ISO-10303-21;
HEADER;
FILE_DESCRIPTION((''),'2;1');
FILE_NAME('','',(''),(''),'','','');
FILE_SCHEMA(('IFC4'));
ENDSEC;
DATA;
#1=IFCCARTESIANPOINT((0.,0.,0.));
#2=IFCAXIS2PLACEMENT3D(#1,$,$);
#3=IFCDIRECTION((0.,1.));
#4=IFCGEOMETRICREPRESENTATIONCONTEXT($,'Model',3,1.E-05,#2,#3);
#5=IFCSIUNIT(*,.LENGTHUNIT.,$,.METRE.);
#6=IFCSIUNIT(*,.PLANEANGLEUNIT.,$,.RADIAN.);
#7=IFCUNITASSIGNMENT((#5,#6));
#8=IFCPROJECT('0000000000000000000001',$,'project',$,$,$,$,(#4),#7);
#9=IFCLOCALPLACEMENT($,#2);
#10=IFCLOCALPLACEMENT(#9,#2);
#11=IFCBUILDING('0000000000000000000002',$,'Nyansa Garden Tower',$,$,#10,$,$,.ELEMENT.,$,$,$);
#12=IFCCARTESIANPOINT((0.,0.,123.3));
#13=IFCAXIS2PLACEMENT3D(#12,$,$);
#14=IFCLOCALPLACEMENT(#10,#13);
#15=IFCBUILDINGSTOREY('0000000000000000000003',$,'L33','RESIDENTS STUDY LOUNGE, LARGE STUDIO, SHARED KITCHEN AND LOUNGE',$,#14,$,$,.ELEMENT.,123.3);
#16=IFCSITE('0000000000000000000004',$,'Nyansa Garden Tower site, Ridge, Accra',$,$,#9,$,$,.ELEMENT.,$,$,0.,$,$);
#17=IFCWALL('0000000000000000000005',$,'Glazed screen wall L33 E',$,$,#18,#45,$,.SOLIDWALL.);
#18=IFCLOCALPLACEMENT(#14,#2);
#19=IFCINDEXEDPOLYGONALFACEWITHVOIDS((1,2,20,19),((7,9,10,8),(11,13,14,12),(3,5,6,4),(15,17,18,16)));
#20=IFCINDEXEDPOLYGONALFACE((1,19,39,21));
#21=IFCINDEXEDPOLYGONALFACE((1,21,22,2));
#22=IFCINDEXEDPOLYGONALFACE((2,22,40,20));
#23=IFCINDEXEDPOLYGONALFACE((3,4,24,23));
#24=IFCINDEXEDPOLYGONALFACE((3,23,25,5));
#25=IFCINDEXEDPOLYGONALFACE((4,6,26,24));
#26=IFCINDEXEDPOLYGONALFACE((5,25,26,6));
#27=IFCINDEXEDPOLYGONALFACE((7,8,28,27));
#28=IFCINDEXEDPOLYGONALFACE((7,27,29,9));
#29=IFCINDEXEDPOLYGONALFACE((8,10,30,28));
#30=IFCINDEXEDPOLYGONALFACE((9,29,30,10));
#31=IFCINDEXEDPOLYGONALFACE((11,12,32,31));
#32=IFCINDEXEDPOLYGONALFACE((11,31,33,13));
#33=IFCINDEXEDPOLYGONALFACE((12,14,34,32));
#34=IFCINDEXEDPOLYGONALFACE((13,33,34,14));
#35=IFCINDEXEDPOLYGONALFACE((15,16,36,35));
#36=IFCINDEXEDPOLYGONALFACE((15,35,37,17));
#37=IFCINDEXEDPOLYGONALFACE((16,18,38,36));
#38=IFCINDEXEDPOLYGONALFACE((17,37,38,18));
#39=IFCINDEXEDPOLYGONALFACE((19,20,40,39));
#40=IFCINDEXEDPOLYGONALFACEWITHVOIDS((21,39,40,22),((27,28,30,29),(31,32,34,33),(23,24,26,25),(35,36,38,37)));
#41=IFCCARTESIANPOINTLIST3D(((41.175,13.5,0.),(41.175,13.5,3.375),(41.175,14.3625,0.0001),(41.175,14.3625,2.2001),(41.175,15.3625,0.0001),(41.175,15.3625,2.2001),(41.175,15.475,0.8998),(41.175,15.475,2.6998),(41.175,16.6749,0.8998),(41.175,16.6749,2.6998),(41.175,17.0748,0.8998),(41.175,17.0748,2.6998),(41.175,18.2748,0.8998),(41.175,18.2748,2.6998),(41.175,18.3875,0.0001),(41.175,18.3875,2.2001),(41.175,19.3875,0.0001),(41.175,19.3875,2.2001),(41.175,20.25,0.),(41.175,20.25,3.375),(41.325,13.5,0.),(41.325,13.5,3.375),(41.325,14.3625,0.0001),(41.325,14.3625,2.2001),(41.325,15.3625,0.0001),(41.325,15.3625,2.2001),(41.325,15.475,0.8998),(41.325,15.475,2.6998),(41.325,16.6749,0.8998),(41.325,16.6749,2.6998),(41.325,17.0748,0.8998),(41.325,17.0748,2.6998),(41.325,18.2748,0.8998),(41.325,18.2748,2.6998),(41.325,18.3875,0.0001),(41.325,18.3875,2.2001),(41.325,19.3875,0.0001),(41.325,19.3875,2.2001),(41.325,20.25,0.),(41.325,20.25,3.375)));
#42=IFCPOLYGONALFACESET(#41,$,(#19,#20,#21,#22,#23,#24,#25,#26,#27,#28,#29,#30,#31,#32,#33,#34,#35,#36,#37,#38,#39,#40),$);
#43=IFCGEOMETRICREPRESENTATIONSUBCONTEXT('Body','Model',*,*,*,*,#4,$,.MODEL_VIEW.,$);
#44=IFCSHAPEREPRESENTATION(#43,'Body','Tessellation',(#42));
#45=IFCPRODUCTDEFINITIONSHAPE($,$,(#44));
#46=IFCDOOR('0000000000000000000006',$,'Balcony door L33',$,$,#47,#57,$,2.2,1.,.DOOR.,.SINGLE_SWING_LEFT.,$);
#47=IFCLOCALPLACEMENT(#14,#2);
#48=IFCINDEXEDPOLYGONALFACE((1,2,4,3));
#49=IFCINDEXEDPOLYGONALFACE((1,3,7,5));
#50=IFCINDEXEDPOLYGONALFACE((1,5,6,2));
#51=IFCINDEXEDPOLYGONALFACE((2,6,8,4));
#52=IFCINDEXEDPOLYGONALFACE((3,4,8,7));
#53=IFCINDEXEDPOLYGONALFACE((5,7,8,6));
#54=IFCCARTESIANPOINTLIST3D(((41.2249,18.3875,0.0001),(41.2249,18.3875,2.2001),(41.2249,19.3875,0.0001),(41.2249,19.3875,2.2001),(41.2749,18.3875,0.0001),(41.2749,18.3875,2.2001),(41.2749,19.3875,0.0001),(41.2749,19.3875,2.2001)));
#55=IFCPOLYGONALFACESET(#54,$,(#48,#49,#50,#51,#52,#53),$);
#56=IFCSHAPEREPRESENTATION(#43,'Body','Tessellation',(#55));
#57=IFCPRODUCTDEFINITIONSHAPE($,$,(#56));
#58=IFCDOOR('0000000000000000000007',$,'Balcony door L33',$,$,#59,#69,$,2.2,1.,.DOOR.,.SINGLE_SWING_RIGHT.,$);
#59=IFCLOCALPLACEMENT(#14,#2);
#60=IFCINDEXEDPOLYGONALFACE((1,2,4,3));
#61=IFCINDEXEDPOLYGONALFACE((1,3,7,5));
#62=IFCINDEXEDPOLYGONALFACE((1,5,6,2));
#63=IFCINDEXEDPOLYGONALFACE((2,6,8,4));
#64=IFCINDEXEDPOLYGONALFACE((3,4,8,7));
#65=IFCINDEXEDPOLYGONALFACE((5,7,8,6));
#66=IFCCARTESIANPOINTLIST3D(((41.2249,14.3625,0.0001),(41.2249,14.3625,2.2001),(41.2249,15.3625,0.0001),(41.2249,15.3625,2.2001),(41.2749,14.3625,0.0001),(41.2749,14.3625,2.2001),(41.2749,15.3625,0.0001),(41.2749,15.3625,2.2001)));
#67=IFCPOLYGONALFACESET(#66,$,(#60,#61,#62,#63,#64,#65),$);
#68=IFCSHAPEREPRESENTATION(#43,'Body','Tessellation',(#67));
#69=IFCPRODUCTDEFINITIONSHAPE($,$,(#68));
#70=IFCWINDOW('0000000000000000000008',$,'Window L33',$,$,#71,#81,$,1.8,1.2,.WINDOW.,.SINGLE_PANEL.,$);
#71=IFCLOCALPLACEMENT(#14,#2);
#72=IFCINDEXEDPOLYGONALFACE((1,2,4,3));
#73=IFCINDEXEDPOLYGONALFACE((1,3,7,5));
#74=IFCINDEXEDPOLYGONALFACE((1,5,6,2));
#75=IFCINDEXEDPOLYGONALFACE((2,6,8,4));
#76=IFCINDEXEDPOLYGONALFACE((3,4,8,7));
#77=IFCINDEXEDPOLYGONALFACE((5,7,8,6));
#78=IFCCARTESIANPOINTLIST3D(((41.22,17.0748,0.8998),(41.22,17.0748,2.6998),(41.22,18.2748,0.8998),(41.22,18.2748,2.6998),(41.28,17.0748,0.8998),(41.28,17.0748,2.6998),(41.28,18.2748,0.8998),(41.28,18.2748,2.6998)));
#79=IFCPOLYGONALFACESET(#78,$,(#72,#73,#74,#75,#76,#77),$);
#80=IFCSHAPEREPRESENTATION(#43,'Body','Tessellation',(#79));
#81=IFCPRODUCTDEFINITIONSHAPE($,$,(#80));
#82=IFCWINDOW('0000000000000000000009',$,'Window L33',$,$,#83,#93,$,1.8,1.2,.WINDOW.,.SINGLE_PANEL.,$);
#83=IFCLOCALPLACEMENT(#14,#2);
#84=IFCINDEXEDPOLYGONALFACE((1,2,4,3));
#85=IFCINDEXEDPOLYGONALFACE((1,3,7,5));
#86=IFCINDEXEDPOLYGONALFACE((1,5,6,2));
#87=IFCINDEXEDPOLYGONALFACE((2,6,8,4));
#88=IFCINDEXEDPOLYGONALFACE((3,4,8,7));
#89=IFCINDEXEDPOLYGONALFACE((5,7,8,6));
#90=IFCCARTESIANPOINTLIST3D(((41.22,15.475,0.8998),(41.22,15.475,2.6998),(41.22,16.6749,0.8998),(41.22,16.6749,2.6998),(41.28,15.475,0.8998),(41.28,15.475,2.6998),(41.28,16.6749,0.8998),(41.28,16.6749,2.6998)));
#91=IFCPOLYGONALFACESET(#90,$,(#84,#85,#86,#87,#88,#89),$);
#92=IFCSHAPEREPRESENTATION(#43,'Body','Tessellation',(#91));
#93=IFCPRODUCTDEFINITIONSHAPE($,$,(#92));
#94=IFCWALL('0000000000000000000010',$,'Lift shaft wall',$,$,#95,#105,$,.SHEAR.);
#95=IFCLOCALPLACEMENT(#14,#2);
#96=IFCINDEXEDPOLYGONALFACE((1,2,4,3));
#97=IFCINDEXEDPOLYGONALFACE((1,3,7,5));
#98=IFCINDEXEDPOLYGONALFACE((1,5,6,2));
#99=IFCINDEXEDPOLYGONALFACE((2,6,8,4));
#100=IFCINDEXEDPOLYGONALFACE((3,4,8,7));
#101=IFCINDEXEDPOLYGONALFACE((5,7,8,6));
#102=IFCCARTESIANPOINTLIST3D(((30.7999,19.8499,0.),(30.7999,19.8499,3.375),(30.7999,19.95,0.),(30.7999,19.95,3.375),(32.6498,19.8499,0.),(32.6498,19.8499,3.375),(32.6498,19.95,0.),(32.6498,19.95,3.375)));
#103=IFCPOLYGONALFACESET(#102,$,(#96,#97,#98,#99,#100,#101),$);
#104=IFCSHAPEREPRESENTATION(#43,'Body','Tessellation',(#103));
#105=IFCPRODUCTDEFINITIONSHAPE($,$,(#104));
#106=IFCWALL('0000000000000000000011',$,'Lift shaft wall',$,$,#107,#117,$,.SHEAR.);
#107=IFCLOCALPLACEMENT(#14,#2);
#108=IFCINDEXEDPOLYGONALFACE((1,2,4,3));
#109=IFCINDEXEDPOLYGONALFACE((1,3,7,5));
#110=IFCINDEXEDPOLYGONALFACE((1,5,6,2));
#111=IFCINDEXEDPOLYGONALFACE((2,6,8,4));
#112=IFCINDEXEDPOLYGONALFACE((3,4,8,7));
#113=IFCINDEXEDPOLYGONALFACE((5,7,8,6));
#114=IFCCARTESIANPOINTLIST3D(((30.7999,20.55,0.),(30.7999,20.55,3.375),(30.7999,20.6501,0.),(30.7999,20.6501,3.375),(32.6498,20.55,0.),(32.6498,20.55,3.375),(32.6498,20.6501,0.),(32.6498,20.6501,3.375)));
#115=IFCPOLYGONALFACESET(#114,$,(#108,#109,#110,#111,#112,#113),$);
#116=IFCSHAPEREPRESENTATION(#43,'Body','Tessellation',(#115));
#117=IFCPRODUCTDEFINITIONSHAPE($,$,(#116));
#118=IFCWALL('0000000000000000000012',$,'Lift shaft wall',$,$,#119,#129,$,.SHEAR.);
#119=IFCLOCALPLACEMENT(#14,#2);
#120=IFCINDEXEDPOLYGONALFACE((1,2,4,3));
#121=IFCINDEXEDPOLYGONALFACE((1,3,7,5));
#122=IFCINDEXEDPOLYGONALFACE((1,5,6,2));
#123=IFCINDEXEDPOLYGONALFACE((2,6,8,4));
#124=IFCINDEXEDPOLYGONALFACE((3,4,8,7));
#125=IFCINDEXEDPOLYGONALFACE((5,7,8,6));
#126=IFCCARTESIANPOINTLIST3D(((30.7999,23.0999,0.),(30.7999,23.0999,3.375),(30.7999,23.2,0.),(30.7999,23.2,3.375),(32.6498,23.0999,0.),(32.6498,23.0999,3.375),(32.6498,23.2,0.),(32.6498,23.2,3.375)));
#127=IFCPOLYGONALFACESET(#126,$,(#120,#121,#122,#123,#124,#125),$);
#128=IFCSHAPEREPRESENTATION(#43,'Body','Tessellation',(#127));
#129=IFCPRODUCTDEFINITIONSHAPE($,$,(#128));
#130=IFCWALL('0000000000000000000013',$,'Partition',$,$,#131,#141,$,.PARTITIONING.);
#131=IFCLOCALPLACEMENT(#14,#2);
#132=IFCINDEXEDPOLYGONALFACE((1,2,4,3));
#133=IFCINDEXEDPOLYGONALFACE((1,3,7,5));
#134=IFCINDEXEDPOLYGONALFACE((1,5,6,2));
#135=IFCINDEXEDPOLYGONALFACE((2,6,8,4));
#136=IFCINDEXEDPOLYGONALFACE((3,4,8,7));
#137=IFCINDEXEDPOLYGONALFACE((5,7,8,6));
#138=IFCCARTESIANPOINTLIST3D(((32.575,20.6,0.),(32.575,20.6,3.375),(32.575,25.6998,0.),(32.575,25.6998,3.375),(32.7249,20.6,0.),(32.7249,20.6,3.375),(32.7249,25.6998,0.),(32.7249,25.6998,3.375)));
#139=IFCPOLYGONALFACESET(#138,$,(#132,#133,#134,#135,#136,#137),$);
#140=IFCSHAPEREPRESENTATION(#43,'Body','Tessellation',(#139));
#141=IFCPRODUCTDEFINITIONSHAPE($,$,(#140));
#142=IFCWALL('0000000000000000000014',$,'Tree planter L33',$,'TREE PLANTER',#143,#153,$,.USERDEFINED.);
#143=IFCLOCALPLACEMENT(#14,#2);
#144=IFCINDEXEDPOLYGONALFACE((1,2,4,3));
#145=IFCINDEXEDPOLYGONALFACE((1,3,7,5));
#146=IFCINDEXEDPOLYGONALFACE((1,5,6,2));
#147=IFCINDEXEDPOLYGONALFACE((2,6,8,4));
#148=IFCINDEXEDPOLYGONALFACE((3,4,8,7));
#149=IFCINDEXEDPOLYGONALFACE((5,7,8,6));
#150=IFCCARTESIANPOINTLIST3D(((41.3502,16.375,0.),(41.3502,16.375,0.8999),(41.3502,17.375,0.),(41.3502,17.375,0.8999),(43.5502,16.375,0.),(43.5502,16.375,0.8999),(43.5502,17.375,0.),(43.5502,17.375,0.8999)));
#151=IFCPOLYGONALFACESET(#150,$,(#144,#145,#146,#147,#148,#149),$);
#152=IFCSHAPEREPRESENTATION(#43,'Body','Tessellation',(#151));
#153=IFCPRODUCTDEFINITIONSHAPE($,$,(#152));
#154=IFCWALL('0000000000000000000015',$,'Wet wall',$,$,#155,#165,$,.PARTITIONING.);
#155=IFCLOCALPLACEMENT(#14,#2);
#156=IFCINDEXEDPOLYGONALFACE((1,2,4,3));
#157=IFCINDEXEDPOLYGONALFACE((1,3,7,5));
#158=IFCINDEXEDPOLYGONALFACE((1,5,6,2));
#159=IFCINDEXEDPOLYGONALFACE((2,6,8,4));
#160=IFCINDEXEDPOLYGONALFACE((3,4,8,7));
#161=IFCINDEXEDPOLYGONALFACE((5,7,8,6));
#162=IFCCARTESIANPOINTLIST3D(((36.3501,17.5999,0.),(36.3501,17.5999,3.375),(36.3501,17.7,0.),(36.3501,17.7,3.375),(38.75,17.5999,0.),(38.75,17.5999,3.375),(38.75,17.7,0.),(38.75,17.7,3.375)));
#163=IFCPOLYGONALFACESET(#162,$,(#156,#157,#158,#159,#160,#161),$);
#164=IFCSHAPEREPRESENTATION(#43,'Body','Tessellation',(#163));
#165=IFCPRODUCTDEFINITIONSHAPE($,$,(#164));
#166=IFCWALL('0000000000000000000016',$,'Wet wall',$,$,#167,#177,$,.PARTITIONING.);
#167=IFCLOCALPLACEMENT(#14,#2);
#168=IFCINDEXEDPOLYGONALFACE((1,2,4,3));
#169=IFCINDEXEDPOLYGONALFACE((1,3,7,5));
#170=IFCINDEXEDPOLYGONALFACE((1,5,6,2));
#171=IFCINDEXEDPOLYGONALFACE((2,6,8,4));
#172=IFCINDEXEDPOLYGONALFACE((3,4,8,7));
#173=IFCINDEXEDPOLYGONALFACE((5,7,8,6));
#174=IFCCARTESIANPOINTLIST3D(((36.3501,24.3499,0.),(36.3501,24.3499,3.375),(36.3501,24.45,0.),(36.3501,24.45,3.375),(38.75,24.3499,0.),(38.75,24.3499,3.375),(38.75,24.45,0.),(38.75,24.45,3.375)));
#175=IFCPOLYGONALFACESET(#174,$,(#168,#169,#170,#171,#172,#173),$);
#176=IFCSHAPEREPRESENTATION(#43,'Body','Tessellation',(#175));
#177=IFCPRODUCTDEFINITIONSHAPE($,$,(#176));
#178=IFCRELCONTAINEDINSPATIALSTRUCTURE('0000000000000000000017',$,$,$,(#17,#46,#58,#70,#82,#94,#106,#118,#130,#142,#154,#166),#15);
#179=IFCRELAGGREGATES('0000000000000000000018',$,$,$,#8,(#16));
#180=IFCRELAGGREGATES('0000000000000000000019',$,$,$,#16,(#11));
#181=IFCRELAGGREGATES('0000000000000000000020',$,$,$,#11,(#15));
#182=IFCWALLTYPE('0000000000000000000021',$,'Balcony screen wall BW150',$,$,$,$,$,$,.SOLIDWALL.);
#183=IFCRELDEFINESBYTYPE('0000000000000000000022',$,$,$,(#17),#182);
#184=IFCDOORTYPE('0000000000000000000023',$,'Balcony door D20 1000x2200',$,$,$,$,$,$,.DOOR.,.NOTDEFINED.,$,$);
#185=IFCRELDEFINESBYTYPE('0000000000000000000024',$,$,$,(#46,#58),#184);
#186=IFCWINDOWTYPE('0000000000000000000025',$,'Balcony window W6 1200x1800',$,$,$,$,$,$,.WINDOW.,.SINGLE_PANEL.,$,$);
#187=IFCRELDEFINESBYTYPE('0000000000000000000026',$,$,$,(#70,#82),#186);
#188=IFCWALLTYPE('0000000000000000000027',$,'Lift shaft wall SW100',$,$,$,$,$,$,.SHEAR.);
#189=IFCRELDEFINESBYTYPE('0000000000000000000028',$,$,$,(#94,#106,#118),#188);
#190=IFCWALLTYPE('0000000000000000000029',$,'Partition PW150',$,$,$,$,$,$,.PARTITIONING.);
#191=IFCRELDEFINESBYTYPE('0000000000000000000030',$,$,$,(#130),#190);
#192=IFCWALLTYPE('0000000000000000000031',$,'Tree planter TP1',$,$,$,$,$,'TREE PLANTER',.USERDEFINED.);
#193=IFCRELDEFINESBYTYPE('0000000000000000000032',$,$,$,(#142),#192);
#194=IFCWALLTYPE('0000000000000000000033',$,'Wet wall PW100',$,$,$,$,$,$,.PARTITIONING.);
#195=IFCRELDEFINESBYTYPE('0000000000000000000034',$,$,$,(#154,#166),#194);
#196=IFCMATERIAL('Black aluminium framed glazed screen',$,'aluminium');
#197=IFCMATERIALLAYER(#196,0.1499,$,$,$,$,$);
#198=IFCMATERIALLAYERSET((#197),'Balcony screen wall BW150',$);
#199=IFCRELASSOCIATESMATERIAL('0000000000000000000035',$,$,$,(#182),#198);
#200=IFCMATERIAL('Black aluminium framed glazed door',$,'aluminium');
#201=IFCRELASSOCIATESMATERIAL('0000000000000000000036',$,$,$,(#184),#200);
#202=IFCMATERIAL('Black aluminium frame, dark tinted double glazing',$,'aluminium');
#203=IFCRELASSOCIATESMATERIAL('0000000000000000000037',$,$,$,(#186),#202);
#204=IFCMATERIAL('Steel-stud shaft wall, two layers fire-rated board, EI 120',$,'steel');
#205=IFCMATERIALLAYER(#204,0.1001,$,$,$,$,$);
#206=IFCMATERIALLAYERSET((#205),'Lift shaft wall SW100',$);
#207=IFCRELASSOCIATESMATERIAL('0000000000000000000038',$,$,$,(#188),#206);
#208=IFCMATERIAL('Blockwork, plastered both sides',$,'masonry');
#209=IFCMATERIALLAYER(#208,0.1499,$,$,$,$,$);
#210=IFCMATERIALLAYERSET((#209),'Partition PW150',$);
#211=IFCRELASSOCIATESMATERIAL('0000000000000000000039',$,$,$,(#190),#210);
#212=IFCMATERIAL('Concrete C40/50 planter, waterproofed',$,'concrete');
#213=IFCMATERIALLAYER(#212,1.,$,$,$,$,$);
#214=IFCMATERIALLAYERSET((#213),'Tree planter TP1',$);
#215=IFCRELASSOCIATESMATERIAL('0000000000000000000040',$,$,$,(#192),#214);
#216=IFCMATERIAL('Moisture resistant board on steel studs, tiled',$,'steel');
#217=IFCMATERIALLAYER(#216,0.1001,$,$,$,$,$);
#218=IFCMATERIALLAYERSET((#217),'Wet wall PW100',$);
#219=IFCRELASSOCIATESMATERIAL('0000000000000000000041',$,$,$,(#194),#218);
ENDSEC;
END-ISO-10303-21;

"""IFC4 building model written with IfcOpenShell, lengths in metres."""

from ifc_helpers import new_model, si_unit, direction, frame, frame_2d, origin, place, context, subcontext, project, spatial, rectangle, extrude, material, layer, layer_set, type_object, element, fill, save


model = new_model("IFC4")

# Units and contexts
model_context = context("Model", 3, precision=1e-05, world=origin(), true_north=direction((0.0, 1.0)))
body_context = subcontext(model_context, "Body", "Model", "MODEL_VIEW")
ifc_project = project(units=[si_unit("LENGTHUNIT", "METRE"), si_unit("PLANEANGLEUNIT", "RADIAN")], contexts=[model_context])

# Site, building, storey
site_placement = place(None, origin())
site = spatial("IfcSite", under=ifc_project, at=site_placement, Name="Nyansa Garden Tower site, Ridge, Accra", CompositionType="ELEMENT", RefElevation=0.0)
building_placement = place(site_placement, origin())
building = spatial("IfcBuilding", under=site, at=building_placement, Name="Nyansa Garden Tower", CompositionType="ELEMENT")
storey_placement = place(building_placement, frame((0.0, 0.0, 123.3)))
storey = spatial("IfcBuildingStorey", under=building, at=storey_placement, Name="L33", Description="RESIDENTS STUDY LOUNGE, LARGE STUDIO, SHARED KITCHEN AND LOUNGE", CompositionType="ELEMENT", Elevation=123.3)

# Wall, openings, doors, windows
ifc_material_1 = material(Name="Black aluminium framed glazed screen", Category="aluminium")
ifc_layer_1 = layer(ifc_material_1, 0.1499)
ifc_layer_set_1 = layer_set([ifc_layer_1], Name="Balcony screen wall BW150")
wall_type_1 = type_object("IfcWallType", Name="Balcony screen wall BW150", PredefinedType="SOLIDWALL", material=ifc_layer_set_1)
wall_1_placement = place(storey_placement, frame((41.25, 20.25, 0.0), z_axis=(0.0, 0.0, 1.0), x_axis=(0.0, -1.0, 0.0)))
wall_1 = element("IfcWall", 1, at=wall_1_placement, inside=storey, type_object=wall_type_1, Name="Glazed screen wall L33 E", PredefinedType="SOLIDWALL", context=body_context, shape_type="SweptSolid", body=[
    extrude(rectangle(XDim=6.75, YDim=0.1499, at=frame_2d((3.375, 0.0))), origin(), (0.0, 0.0, 1.0), 3.375),
])
opening_1_placement = place(wall_1_placement, frame((0.8625, 0.0, 0.0)))
opening_1 = element("IfcOpeningElement", 2, at=opening_1_placement, cuts=wall_1, PredefinedType="OPENING", context=body_context, shape_type="SweptSolid", body=[
    extrude(rectangle(XDim=1.0, YDim=2.2, at=frame_2d((0.5, 1.1001))), frame((0.0, 0.085, 0.0), z_axis=(0.0, -1.0, 0.0), x_axis=(1.0, 0.0, 0.0)), (0.0, 0.0, 1.0), 0.1699),
])
opening_2_placement = place(wall_1_placement, frame((1.9751, 0.0, 0.8999)))
opening_2 = element("IfcOpeningElement", 3, at=opening_2_placement, cuts=wall_1, PredefinedType="OPENING", context=body_context, shape_type="SweptSolid", body=[
    extrude(rectangle(XDim=1.2, YDim=1.8, at=frame_2d((0.6001, 0.8999))), frame((0.0, 0.085, 0.0), z_axis=(0.0, -1.0, 0.0), x_axis=(1.0, 0.0, 0.0)), (0.0, 0.0, 1.0), 0.1699),
])
opening_3_placement = place(wall_1_placement, frame((4.8875, 0.0, 0.0)))
opening_3 = element("IfcOpeningElement", 4, at=opening_3_placement, cuts=wall_1, PredefinedType="OPENING", context=body_context, shape_type="SweptSolid", body=[
    extrude(rectangle(XDim=1.0, YDim=2.2, at=frame_2d((0.5, 1.1001))), frame((0.0, 0.085, 0.0), z_axis=(0.0, -1.0, 0.0), x_axis=(1.0, 0.0, 0.0)), (0.0, 0.0, 1.0), 0.1699),
])
opening_4_placement = place(wall_1_placement, frame((3.575, 0.0, 0.8999)))
opening_4 = element("IfcOpeningElement", 5, at=opening_4_placement, cuts=wall_1, PredefinedType="OPENING", context=body_context, shape_type="SweptSolid", body=[
    extrude(rectangle(XDim=1.2, YDim=1.8, at=frame_2d((0.6001, 0.8999))), frame((0.0, 0.085, 0.0), z_axis=(0.0, -1.0, 0.0), x_axis=(1.0, 0.0, 0.0)), (0.0, 0.0, 1.0), 0.1699),
])
ifc_material_2 = material(Name="Black aluminium framed glazed door", Category="aluminium")
door_type_1 = type_object("IfcDoorType", Name="Balcony door D20 1000x2200", OperationType="NOTDEFINED", PredefinedType="DOOR", material=ifc_material_2)
door_1_placement = place(opening_1_placement, origin())
door_1 = element("IfcDoor", 6, at=door_1_placement, inside=storey, type_object=door_type_1, Name="Balcony door L33", OperationType="SINGLE_SWING_LEFT", OverallHeight=2.2, OverallWidth=1.0, PredefinedType="DOOR", context=body_context, shape_type="SweptSolid", body=[
    extrude(rectangle(XDim=1.0, YDim=2.2, at=frame_2d((0.5, 1.1001))), frame((0.0, 0.0249, 0.0), z_axis=(0.0, -1.0, 0.0), x_axis=(1.0, 0.0, 0.0)), (0.0, 0.0, 1.0), 0.05),
])
fill(opening_1, door_1)
door_2_placement = place(opening_3_placement, origin())
door_2 = element("IfcDoor", 7, at=door_2_placement, inside=storey, type_object=door_type_1, Name="Balcony door L33", OperationType="SINGLE_SWING_RIGHT", OverallHeight=2.2, OverallWidth=1.0, PredefinedType="DOOR", context=body_context, shape_type="SweptSolid", body=[
    extrude(rectangle(XDim=1.0, YDim=2.2, at=frame_2d((0.5, 1.1001))), frame((0.0, 0.0249, 0.0), z_axis=(0.0, -1.0, 0.0), x_axis=(1.0, 0.0, 0.0)), (0.0, 0.0, 1.0), 0.05),
])
fill(opening_3, door_2)
ifc_material_3 = material(Name="Black aluminium frame, dark tinted double glazing", Category="aluminium")
window_type = type_object("IfcWindowType", Name="Balcony window W6 1200x1800", PartitioningType="SINGLE_PANEL", PredefinedType="WINDOW", material=ifc_material_3)
window_1_placement = place(opening_2_placement, origin())
window_1 = element("IfcWindow", 8, at=window_1_placement, inside=storey, type_object=window_type, Name="Window L33", OverallHeight=1.8, OverallWidth=1.2, PartitioningType="SINGLE_PANEL", PredefinedType="WINDOW", context=body_context, shape_type="SweptSolid", body=[
    extrude(rectangle(XDim=1.2, YDim=1.8, at=frame_2d((0.6001, 0.8999))), frame((0.0, 0.03, 0.0), z_axis=(0.0, -1.0, 0.0), x_axis=(1.0, 0.0, 0.0)), (0.0, 0.0, 1.0), 0.0601),
])
fill(opening_2, window_1)
window_2_placement = place(opening_4_placement, origin())
window_2 = element("IfcWindow", 9, at=window_2_placement, inside=storey, type_object=window_type, Name="Window L33", OverallHeight=1.8, OverallWidth=1.2, PartitioningType="SINGLE_PANEL", PredefinedType="WINDOW", context=body_context, shape_type="SweptSolid", body=[
    extrude(rectangle(XDim=1.2, YDim=1.8, at=frame_2d((0.6001, 0.8999))), frame((0.0, 0.03, 0.0), z_axis=(0.0, -1.0, 0.0), x_axis=(1.0, 0.0, 0.0)), (0.0, 0.0, 1.0), 0.0601),
])
fill(opening_4, window_2)

# Walls
ifc_material_4 = material(Name="Steel-stud shaft wall, two layers fire-rated board, EI 120", Category="steel")
ifc_layer_2 = layer(ifc_material_4, 0.1001)
ifc_layer_set_2 = layer_set([ifc_layer_2], Name="Lift shaft wall SW100")
wall_type_2 = type_object("IfcWallType", Name="Lift shaft wall SW100", PredefinedType="SHEAR", material=ifc_layer_set_2)
for number, where, z_axis, x_axis, name in (
    (10, (30.8, 19.8999, 0.0), (0.0, 0.0, 1.0), (1.0, 0.0, 0.0), "Lift shaft wall"),
    (11, (30.8, 20.6001, 0.0), (0.0, 0.0, 1.0), (1.0, 0.0, 0.0), "Lift shaft wall"),
    (12, (30.8, 23.1499, 0.0), (0.0, 0.0, 1.0), (1.0, 0.0, 0.0), "Lift shaft wall"),
):
    element("IfcWall", number, at=place(storey_placement, frame(where, z_axis=z_axis, x_axis=x_axis)), inside=storey, type_object=wall_type_2, Name=name, PredefinedType="SHEAR", context=body_context, shape_type="SweptSolid", body=[
        extrude(rectangle(XDim=1.8499, YDim=0.1001, at=frame_2d((0.9248, 0.0))), origin(), (0.0, 0.0, 1.0), 3.375),
    ])
ifc_material_5 = material(Name="Blockwork, plastered both sides", Category="masonry")
ifc_layer_3 = layer(ifc_material_5, 0.1499)
ifc_layer_set_3 = layer_set([ifc_layer_3], Name="Partition PW150")
wall_type_3 = type_object("IfcWallType", Name="Partition PW150", PredefinedType="PARTITIONING", material=ifc_layer_set_3)
wall_2_placement = place(storey_placement, frame((32.6499, 20.6001, 0.0), z_axis=(0.0, 0.0, 1.0), x_axis=(0.0, 1.0, 0.0)))
element("IfcWall", 13, at=wall_2_placement, inside=storey, type_object=wall_type_3, Name="Partition", PredefinedType="PARTITIONING", context=body_context, shape_type="SweptSolid", body=[
    extrude(rectangle(XDim=5.0999, YDim=0.1499, at=frame_2d((2.5498, 0.0))), origin(), (0.0, 0.0, 1.0), 3.375),
])
ifc_material_6 = material(Name="Concrete C40/50 planter, waterproofed", Category="concrete")
ifc_layer_4 = layer(ifc_material_6, 1.0)
ifc_layer_set_4 = layer_set([ifc_layer_4], Name="Tree planter TP1")
wall_type_4 = type_object("IfcWallType", Name="Tree planter TP1", ElementType="TREE PLANTER", PredefinedType="USERDEFINED", material=ifc_layer_set_4)
wall_3_placement = place(storey_placement, frame((41.3501, 16.875, 0.0), z_axis=(0.0, 0.0, 1.0), x_axis=(1.0, 0.0, 0.0)))
element("IfcWall", 14, at=wall_3_placement, inside=storey, type_object=wall_type_4, Name="Tree planter L33", ObjectType="TREE PLANTER", PredefinedType="USERDEFINED", context=body_context, shape_type="SweptSolid", body=[
    extrude(rectangle(XDim=2.2, YDim=1.0, at=frame_2d((1.1001, 0.0))), origin(), (0.0, 0.0, 1.0), 0.8999),
])
ifc_material_7 = material(Name="Moisture resistant board on steel studs, tiled", Category="steel")
ifc_layer_5 = layer(ifc_material_7, 0.1001)
ifc_layer_set_5 = layer_set([ifc_layer_5], Name="Wet wall PW100")
wall_type_5 = type_object("IfcWallType", Name="Wet wall PW100", PredefinedType="PARTITIONING", material=ifc_layer_set_5)
for number, where, z_axis, x_axis, name in (
    (15, (36.3501, 17.6499, 0.0), (0.0, 0.0, 1.0), (1.0, 0.0, 0.0), "Wet wall"),
    (16, (36.3501, 24.3999, 0.0), (0.0, 0.0, 1.0), (1.0, 0.0, 0.0), "Wet wall"),
):
    element("IfcWall", number, at=place(storey_placement, frame(where, z_axis=z_axis, x_axis=x_axis)), inside=storey, type_object=wall_type_5, Name=name, PredefinedType="PARTITIONING", context=body_context, shape_type="SweptSolid", body=[
        extrude(rectangle(XDim=2.3999, YDim=0.1001, at=frame_2d((1.2, 0.0))), origin(), (0.0, 0.0, 1.0), 3.375),
    ])

save(model, "model.ifc")
